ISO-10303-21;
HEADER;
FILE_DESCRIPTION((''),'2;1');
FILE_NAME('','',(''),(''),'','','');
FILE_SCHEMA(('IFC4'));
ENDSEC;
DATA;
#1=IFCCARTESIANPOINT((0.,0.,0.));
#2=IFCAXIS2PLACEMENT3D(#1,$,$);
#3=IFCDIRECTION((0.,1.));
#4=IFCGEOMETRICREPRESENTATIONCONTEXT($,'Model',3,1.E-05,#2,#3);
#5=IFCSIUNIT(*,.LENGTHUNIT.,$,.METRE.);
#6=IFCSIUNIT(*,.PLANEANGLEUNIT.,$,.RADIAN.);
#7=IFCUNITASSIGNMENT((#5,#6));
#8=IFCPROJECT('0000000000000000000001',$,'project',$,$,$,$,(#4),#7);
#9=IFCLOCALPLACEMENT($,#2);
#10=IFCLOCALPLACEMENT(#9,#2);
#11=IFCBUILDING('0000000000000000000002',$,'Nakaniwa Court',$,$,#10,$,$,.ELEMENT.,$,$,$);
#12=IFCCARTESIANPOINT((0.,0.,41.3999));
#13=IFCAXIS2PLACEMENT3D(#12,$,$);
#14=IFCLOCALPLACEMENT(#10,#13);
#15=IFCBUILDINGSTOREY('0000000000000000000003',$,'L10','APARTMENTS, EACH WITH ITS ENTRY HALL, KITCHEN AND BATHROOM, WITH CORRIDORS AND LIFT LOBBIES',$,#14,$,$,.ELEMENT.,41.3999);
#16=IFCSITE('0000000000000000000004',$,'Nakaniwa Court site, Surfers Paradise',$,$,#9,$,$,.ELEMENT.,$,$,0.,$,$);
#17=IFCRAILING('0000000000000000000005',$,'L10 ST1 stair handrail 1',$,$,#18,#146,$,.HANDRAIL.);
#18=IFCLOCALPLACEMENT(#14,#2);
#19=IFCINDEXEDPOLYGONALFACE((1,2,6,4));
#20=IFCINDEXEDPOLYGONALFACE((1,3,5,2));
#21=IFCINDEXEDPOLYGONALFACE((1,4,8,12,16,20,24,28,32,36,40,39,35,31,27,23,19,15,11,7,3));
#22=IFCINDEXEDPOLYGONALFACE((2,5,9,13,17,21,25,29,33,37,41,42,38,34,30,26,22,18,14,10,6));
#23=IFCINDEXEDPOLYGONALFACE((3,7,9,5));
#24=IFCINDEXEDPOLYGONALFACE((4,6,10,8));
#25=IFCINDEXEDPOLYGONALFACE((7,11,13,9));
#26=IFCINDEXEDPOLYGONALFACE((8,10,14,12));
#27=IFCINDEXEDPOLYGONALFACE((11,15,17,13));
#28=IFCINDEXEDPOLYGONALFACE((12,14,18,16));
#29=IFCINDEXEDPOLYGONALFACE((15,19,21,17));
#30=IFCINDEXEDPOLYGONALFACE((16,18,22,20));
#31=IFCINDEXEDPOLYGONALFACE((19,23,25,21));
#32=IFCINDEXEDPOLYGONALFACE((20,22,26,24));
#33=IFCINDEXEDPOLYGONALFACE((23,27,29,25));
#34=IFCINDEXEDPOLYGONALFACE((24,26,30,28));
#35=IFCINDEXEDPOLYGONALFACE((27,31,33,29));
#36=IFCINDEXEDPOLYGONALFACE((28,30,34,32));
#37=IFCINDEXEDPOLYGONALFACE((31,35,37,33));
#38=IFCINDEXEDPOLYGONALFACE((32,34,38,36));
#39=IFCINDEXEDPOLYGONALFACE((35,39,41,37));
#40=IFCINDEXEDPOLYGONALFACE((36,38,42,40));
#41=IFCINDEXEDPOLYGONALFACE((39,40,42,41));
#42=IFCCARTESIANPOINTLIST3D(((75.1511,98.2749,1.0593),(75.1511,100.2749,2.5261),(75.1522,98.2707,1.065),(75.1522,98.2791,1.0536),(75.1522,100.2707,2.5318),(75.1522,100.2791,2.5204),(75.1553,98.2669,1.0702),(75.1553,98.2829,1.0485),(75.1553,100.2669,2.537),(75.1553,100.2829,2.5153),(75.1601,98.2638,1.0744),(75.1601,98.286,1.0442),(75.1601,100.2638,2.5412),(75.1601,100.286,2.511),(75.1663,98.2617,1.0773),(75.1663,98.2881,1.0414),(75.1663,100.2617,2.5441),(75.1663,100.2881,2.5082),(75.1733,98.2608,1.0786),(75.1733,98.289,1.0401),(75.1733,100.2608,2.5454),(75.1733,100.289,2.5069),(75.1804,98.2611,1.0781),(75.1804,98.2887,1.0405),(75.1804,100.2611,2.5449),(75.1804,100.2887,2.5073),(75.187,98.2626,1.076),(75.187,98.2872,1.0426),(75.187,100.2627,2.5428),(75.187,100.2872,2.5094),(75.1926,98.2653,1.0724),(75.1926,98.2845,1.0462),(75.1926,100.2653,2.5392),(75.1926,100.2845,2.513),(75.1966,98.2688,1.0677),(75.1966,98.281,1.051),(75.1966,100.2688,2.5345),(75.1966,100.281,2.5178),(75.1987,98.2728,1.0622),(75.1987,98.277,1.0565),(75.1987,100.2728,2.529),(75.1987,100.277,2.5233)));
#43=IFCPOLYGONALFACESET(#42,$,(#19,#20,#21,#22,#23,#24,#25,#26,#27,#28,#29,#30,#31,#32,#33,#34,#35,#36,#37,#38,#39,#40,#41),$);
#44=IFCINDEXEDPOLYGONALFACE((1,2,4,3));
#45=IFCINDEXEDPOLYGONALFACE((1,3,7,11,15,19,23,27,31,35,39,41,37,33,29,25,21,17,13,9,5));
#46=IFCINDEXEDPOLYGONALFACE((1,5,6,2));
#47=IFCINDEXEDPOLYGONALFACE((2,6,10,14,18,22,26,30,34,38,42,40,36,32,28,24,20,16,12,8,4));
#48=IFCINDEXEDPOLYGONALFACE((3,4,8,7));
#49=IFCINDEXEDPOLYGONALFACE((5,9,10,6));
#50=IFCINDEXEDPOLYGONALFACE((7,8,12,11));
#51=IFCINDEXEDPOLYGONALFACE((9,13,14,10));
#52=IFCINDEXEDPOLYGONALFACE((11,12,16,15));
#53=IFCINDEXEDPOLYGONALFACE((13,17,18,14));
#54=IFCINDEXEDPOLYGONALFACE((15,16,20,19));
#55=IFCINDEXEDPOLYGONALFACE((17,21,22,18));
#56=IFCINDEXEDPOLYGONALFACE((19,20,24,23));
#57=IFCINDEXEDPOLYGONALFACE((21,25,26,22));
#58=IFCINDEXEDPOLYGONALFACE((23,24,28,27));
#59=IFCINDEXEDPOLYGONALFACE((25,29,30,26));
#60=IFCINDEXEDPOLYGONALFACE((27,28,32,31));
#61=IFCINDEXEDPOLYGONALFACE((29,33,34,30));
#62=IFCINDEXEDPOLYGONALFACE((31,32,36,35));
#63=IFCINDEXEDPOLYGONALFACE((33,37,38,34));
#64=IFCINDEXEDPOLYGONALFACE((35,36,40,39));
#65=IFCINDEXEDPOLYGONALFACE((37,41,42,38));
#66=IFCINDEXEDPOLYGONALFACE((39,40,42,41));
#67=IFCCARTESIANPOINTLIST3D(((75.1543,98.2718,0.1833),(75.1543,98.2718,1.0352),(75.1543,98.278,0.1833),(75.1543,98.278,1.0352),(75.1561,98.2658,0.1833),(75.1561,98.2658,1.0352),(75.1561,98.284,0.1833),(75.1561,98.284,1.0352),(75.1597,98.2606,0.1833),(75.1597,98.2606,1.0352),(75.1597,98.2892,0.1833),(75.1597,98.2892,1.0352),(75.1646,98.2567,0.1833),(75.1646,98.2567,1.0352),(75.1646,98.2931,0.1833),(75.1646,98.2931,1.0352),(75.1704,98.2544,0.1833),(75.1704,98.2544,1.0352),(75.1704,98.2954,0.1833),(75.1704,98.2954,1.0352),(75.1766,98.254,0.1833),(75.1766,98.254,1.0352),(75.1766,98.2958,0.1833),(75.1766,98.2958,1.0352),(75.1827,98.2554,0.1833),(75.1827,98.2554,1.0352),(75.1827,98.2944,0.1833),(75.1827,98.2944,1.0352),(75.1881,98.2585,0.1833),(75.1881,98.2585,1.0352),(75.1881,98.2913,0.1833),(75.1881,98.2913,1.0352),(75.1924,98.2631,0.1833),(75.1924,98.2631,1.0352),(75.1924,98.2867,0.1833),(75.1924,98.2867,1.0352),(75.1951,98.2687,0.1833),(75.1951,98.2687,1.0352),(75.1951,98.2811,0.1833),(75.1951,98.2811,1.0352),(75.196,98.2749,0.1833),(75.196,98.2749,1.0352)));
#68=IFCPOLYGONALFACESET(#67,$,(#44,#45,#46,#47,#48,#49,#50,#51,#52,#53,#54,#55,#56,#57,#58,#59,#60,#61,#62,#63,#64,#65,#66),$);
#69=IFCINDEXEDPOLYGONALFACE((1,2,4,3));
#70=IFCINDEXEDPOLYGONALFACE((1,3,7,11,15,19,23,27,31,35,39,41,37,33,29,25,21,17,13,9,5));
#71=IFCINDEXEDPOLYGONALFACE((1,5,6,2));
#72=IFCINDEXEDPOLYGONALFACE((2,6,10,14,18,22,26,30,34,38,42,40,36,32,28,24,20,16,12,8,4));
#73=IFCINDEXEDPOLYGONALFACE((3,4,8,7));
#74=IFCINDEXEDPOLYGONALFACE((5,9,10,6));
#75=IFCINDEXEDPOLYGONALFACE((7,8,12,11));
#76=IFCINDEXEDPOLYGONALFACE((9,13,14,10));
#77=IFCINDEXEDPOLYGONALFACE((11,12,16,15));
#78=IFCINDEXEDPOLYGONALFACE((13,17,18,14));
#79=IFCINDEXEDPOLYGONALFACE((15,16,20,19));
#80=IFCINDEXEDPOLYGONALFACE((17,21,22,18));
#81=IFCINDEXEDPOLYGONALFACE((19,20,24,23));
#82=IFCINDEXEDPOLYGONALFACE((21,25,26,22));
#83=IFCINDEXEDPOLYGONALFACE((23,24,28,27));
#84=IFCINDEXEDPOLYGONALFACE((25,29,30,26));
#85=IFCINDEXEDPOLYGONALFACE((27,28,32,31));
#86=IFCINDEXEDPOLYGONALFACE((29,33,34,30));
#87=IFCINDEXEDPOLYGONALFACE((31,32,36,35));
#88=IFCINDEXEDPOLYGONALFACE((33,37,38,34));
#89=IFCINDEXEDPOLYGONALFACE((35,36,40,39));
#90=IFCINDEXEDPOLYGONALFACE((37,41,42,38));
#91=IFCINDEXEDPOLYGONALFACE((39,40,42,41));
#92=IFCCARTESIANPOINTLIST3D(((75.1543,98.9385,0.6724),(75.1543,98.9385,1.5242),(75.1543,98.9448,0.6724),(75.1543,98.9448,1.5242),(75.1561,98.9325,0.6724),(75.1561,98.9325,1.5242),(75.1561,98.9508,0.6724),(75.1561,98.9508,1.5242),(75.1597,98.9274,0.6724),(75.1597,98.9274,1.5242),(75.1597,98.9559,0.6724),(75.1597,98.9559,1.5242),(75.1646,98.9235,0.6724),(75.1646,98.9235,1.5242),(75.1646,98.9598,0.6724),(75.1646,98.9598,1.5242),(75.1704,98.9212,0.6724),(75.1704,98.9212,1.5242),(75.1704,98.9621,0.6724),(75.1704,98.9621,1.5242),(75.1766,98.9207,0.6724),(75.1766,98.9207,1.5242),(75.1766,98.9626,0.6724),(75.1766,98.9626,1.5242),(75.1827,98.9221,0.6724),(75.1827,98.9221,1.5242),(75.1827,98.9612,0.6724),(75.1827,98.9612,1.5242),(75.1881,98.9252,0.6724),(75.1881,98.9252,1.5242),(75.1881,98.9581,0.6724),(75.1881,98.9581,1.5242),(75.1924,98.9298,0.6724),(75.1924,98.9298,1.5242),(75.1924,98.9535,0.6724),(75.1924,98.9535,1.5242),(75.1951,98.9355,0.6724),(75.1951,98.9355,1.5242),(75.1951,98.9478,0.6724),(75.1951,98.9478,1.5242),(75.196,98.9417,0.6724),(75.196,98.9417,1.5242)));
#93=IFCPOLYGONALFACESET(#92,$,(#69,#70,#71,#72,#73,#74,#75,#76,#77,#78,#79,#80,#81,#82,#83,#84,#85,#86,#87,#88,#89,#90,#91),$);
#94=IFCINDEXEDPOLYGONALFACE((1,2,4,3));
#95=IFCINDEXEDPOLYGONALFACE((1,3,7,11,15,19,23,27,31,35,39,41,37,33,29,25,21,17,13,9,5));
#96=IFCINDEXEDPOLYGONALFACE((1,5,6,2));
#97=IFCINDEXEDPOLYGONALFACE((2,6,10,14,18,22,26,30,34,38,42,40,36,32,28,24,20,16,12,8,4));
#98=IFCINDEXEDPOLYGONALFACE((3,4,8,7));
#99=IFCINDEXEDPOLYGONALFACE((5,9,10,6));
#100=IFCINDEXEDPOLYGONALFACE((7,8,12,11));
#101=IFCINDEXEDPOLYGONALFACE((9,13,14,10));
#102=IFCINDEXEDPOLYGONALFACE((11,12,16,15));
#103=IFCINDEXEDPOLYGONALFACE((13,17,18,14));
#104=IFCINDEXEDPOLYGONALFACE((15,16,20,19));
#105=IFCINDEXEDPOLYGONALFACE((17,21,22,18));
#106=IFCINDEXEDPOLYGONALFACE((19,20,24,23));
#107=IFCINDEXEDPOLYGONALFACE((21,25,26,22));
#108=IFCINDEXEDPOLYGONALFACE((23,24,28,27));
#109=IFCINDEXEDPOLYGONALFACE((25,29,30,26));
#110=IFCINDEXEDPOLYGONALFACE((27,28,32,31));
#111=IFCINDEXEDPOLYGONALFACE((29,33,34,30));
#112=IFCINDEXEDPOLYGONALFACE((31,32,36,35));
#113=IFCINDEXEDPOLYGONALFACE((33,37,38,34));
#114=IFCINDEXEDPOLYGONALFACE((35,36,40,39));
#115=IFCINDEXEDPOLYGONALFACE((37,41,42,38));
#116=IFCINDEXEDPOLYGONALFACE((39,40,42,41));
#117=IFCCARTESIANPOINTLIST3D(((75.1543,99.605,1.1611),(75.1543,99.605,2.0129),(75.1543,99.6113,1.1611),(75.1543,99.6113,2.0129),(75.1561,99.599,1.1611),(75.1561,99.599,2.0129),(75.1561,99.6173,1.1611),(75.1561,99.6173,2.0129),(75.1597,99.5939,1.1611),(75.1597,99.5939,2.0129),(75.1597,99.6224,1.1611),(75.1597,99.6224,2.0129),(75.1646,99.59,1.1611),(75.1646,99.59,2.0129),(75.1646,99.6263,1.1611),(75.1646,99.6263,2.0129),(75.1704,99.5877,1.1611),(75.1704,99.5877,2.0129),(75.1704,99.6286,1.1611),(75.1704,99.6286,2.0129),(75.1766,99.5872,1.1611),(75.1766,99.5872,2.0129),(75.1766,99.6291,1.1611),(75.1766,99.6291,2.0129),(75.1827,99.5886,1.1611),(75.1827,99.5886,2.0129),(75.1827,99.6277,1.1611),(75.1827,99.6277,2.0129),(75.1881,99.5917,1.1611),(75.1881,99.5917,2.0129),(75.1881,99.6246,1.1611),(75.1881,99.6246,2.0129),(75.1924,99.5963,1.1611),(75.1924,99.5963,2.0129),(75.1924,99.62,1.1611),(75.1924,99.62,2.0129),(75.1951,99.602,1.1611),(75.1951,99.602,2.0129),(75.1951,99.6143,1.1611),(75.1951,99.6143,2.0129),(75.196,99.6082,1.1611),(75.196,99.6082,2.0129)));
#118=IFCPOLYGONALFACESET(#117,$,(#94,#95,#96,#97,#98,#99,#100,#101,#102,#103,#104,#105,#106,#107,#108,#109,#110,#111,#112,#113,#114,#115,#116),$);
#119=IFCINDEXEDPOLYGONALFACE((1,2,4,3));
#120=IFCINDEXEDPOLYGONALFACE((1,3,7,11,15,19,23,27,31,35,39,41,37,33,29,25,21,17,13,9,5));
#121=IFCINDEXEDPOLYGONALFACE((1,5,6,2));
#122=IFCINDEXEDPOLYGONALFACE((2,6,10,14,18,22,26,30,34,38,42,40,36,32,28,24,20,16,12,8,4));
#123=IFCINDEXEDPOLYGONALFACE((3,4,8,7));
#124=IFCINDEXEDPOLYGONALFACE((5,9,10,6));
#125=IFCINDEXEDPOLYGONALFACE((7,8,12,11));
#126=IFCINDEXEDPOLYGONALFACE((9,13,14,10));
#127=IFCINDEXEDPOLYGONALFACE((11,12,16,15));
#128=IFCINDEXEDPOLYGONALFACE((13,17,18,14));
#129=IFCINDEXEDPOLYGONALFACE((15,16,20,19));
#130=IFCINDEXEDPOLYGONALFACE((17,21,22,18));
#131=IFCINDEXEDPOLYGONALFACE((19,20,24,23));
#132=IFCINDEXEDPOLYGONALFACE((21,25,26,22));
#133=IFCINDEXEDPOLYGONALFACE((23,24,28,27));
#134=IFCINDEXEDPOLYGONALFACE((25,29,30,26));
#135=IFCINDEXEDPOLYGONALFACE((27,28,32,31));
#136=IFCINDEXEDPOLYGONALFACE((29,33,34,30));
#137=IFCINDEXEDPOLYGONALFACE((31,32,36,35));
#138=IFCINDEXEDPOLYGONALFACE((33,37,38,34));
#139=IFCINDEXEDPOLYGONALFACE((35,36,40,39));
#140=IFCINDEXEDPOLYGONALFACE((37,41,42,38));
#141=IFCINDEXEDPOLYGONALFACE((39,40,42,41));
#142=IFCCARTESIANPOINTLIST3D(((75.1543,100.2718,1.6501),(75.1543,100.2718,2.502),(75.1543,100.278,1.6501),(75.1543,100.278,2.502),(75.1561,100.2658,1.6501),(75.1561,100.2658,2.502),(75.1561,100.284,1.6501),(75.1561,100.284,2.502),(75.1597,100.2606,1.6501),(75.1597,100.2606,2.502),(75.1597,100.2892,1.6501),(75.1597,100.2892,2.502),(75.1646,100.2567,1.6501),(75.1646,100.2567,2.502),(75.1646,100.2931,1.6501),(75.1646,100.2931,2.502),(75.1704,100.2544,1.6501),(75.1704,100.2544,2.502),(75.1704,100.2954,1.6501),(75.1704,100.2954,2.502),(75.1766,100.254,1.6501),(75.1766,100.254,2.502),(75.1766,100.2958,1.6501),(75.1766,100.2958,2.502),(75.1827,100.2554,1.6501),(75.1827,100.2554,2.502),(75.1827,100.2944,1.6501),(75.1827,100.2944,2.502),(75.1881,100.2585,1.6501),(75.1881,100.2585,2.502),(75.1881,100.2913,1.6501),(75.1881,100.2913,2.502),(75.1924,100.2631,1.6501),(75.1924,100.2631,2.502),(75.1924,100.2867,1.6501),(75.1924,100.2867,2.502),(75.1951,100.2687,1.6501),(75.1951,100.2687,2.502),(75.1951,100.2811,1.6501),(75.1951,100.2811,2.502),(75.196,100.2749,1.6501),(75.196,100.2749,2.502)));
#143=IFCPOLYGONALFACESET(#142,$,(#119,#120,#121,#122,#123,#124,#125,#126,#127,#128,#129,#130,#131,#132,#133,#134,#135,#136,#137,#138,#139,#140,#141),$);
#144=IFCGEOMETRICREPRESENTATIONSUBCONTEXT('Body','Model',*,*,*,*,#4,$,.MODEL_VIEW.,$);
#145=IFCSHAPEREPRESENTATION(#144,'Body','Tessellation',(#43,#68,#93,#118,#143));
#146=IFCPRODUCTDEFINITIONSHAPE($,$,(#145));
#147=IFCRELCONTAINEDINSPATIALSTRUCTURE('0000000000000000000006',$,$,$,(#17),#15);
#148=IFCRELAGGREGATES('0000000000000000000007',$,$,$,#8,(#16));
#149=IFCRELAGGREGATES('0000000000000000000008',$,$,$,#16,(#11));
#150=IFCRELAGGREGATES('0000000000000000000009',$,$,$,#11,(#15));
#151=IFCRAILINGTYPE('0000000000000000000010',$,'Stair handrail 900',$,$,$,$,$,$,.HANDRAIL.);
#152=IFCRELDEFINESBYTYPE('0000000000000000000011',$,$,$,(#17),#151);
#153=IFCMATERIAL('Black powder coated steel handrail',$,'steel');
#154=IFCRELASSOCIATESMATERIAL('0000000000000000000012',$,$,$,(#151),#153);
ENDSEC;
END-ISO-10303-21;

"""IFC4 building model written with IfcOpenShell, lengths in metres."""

from ifc_helpers import new_model, si_unit, direction, frame, origin, origin_2d, place, context, subcontext, project, spatial, circle, extrude, material, type_object, element, save


model = new_model("IFC4")

# Units and contexts
model_context = context("Model", 3, precision=1e-05, world=origin(), true_north=direction((0.0, 1.0)))
body_context = subcontext(model_context, "Body", "Model", "MODEL_VIEW")
ifc_project = project(units=[si_unit("LENGTHUNIT", "METRE"), si_unit("PLANEANGLEUNIT", "RADIAN")], contexts=[model_context])

# Site, building, storey
site_placement = place(None, origin())
site = spatial("IfcSite", under=ifc_project, at=site_placement, Name="Nakaniwa Court site, Surfers Paradise", CompositionType="ELEMENT", RefElevation=0.0)
building_placement = place(site_placement, origin())
building = spatial("IfcBuilding", under=site, at=building_placement, Name="Nakaniwa Court", CompositionType="ELEMENT")
storey_placement = place(building_placement, frame((0.0, 0.0, 41.3999)))
storey = spatial("IfcBuildingStorey", under=building, at=storey_placement, Name="L10", Description="APARTMENTS, EACH WITH ITS ENTRY HALL, KITCHEN AND BATHROOM, WITH CORRIDORS AND LIFT LOBBIES", CompositionType="ELEMENT", Elevation=41.3999)

# Railing
ifc_material_1 = material(Name="Black powder coated steel handrail", Category="steel")
railing_type_1 = type_object("IfcRailingType", Name="Stair handrail 900", PredefinedType="HANDRAIL", material=ifc_material_1)
railing_1_placement = place(storey_placement, frame((75.175, 98.2749, 0.1833)))
element("IfcRailing", 1, at=railing_1_placement, inside=storey, type_object=railing_type_1, Name="L10 ST1 stair handrail 1", PredefinedType="HANDRAIL", context=body_context, shape_type="SweptSolid", body=[
    extrude(circle(Radius=0.0239, at=origin_2d()), frame((0.0, 0.0, 0.876), z_axis=(0.0, 0.80638, 0.591398), x_axis=(-1.0, 0.0, 0.0)), (0.0, 0.0, 1.0), 2.4802),
    extrude(circle(Radius=0.021, at=origin_2d()), origin(), (0.0, 0.0, 1.0), 0.8518),
    extrude(circle(Radius=0.021, at=origin_2d()), frame((0.0, 0.6667, 0.489)), (0.0, 0.0, 1.0), 0.8518),
    extrude(circle(Radius=0.021, at=origin_2d()), frame((0.0, 1.3333, 0.9778)), (0.0, 0.0, 1.0), 0.8518),
    extrude(circle(Radius=0.021, at=origin_2d()), frame((0.0, 2.0, 1.4668)), (0.0, 0.0, 1.0), 0.8518),
])

save(model, "model.ifc")
